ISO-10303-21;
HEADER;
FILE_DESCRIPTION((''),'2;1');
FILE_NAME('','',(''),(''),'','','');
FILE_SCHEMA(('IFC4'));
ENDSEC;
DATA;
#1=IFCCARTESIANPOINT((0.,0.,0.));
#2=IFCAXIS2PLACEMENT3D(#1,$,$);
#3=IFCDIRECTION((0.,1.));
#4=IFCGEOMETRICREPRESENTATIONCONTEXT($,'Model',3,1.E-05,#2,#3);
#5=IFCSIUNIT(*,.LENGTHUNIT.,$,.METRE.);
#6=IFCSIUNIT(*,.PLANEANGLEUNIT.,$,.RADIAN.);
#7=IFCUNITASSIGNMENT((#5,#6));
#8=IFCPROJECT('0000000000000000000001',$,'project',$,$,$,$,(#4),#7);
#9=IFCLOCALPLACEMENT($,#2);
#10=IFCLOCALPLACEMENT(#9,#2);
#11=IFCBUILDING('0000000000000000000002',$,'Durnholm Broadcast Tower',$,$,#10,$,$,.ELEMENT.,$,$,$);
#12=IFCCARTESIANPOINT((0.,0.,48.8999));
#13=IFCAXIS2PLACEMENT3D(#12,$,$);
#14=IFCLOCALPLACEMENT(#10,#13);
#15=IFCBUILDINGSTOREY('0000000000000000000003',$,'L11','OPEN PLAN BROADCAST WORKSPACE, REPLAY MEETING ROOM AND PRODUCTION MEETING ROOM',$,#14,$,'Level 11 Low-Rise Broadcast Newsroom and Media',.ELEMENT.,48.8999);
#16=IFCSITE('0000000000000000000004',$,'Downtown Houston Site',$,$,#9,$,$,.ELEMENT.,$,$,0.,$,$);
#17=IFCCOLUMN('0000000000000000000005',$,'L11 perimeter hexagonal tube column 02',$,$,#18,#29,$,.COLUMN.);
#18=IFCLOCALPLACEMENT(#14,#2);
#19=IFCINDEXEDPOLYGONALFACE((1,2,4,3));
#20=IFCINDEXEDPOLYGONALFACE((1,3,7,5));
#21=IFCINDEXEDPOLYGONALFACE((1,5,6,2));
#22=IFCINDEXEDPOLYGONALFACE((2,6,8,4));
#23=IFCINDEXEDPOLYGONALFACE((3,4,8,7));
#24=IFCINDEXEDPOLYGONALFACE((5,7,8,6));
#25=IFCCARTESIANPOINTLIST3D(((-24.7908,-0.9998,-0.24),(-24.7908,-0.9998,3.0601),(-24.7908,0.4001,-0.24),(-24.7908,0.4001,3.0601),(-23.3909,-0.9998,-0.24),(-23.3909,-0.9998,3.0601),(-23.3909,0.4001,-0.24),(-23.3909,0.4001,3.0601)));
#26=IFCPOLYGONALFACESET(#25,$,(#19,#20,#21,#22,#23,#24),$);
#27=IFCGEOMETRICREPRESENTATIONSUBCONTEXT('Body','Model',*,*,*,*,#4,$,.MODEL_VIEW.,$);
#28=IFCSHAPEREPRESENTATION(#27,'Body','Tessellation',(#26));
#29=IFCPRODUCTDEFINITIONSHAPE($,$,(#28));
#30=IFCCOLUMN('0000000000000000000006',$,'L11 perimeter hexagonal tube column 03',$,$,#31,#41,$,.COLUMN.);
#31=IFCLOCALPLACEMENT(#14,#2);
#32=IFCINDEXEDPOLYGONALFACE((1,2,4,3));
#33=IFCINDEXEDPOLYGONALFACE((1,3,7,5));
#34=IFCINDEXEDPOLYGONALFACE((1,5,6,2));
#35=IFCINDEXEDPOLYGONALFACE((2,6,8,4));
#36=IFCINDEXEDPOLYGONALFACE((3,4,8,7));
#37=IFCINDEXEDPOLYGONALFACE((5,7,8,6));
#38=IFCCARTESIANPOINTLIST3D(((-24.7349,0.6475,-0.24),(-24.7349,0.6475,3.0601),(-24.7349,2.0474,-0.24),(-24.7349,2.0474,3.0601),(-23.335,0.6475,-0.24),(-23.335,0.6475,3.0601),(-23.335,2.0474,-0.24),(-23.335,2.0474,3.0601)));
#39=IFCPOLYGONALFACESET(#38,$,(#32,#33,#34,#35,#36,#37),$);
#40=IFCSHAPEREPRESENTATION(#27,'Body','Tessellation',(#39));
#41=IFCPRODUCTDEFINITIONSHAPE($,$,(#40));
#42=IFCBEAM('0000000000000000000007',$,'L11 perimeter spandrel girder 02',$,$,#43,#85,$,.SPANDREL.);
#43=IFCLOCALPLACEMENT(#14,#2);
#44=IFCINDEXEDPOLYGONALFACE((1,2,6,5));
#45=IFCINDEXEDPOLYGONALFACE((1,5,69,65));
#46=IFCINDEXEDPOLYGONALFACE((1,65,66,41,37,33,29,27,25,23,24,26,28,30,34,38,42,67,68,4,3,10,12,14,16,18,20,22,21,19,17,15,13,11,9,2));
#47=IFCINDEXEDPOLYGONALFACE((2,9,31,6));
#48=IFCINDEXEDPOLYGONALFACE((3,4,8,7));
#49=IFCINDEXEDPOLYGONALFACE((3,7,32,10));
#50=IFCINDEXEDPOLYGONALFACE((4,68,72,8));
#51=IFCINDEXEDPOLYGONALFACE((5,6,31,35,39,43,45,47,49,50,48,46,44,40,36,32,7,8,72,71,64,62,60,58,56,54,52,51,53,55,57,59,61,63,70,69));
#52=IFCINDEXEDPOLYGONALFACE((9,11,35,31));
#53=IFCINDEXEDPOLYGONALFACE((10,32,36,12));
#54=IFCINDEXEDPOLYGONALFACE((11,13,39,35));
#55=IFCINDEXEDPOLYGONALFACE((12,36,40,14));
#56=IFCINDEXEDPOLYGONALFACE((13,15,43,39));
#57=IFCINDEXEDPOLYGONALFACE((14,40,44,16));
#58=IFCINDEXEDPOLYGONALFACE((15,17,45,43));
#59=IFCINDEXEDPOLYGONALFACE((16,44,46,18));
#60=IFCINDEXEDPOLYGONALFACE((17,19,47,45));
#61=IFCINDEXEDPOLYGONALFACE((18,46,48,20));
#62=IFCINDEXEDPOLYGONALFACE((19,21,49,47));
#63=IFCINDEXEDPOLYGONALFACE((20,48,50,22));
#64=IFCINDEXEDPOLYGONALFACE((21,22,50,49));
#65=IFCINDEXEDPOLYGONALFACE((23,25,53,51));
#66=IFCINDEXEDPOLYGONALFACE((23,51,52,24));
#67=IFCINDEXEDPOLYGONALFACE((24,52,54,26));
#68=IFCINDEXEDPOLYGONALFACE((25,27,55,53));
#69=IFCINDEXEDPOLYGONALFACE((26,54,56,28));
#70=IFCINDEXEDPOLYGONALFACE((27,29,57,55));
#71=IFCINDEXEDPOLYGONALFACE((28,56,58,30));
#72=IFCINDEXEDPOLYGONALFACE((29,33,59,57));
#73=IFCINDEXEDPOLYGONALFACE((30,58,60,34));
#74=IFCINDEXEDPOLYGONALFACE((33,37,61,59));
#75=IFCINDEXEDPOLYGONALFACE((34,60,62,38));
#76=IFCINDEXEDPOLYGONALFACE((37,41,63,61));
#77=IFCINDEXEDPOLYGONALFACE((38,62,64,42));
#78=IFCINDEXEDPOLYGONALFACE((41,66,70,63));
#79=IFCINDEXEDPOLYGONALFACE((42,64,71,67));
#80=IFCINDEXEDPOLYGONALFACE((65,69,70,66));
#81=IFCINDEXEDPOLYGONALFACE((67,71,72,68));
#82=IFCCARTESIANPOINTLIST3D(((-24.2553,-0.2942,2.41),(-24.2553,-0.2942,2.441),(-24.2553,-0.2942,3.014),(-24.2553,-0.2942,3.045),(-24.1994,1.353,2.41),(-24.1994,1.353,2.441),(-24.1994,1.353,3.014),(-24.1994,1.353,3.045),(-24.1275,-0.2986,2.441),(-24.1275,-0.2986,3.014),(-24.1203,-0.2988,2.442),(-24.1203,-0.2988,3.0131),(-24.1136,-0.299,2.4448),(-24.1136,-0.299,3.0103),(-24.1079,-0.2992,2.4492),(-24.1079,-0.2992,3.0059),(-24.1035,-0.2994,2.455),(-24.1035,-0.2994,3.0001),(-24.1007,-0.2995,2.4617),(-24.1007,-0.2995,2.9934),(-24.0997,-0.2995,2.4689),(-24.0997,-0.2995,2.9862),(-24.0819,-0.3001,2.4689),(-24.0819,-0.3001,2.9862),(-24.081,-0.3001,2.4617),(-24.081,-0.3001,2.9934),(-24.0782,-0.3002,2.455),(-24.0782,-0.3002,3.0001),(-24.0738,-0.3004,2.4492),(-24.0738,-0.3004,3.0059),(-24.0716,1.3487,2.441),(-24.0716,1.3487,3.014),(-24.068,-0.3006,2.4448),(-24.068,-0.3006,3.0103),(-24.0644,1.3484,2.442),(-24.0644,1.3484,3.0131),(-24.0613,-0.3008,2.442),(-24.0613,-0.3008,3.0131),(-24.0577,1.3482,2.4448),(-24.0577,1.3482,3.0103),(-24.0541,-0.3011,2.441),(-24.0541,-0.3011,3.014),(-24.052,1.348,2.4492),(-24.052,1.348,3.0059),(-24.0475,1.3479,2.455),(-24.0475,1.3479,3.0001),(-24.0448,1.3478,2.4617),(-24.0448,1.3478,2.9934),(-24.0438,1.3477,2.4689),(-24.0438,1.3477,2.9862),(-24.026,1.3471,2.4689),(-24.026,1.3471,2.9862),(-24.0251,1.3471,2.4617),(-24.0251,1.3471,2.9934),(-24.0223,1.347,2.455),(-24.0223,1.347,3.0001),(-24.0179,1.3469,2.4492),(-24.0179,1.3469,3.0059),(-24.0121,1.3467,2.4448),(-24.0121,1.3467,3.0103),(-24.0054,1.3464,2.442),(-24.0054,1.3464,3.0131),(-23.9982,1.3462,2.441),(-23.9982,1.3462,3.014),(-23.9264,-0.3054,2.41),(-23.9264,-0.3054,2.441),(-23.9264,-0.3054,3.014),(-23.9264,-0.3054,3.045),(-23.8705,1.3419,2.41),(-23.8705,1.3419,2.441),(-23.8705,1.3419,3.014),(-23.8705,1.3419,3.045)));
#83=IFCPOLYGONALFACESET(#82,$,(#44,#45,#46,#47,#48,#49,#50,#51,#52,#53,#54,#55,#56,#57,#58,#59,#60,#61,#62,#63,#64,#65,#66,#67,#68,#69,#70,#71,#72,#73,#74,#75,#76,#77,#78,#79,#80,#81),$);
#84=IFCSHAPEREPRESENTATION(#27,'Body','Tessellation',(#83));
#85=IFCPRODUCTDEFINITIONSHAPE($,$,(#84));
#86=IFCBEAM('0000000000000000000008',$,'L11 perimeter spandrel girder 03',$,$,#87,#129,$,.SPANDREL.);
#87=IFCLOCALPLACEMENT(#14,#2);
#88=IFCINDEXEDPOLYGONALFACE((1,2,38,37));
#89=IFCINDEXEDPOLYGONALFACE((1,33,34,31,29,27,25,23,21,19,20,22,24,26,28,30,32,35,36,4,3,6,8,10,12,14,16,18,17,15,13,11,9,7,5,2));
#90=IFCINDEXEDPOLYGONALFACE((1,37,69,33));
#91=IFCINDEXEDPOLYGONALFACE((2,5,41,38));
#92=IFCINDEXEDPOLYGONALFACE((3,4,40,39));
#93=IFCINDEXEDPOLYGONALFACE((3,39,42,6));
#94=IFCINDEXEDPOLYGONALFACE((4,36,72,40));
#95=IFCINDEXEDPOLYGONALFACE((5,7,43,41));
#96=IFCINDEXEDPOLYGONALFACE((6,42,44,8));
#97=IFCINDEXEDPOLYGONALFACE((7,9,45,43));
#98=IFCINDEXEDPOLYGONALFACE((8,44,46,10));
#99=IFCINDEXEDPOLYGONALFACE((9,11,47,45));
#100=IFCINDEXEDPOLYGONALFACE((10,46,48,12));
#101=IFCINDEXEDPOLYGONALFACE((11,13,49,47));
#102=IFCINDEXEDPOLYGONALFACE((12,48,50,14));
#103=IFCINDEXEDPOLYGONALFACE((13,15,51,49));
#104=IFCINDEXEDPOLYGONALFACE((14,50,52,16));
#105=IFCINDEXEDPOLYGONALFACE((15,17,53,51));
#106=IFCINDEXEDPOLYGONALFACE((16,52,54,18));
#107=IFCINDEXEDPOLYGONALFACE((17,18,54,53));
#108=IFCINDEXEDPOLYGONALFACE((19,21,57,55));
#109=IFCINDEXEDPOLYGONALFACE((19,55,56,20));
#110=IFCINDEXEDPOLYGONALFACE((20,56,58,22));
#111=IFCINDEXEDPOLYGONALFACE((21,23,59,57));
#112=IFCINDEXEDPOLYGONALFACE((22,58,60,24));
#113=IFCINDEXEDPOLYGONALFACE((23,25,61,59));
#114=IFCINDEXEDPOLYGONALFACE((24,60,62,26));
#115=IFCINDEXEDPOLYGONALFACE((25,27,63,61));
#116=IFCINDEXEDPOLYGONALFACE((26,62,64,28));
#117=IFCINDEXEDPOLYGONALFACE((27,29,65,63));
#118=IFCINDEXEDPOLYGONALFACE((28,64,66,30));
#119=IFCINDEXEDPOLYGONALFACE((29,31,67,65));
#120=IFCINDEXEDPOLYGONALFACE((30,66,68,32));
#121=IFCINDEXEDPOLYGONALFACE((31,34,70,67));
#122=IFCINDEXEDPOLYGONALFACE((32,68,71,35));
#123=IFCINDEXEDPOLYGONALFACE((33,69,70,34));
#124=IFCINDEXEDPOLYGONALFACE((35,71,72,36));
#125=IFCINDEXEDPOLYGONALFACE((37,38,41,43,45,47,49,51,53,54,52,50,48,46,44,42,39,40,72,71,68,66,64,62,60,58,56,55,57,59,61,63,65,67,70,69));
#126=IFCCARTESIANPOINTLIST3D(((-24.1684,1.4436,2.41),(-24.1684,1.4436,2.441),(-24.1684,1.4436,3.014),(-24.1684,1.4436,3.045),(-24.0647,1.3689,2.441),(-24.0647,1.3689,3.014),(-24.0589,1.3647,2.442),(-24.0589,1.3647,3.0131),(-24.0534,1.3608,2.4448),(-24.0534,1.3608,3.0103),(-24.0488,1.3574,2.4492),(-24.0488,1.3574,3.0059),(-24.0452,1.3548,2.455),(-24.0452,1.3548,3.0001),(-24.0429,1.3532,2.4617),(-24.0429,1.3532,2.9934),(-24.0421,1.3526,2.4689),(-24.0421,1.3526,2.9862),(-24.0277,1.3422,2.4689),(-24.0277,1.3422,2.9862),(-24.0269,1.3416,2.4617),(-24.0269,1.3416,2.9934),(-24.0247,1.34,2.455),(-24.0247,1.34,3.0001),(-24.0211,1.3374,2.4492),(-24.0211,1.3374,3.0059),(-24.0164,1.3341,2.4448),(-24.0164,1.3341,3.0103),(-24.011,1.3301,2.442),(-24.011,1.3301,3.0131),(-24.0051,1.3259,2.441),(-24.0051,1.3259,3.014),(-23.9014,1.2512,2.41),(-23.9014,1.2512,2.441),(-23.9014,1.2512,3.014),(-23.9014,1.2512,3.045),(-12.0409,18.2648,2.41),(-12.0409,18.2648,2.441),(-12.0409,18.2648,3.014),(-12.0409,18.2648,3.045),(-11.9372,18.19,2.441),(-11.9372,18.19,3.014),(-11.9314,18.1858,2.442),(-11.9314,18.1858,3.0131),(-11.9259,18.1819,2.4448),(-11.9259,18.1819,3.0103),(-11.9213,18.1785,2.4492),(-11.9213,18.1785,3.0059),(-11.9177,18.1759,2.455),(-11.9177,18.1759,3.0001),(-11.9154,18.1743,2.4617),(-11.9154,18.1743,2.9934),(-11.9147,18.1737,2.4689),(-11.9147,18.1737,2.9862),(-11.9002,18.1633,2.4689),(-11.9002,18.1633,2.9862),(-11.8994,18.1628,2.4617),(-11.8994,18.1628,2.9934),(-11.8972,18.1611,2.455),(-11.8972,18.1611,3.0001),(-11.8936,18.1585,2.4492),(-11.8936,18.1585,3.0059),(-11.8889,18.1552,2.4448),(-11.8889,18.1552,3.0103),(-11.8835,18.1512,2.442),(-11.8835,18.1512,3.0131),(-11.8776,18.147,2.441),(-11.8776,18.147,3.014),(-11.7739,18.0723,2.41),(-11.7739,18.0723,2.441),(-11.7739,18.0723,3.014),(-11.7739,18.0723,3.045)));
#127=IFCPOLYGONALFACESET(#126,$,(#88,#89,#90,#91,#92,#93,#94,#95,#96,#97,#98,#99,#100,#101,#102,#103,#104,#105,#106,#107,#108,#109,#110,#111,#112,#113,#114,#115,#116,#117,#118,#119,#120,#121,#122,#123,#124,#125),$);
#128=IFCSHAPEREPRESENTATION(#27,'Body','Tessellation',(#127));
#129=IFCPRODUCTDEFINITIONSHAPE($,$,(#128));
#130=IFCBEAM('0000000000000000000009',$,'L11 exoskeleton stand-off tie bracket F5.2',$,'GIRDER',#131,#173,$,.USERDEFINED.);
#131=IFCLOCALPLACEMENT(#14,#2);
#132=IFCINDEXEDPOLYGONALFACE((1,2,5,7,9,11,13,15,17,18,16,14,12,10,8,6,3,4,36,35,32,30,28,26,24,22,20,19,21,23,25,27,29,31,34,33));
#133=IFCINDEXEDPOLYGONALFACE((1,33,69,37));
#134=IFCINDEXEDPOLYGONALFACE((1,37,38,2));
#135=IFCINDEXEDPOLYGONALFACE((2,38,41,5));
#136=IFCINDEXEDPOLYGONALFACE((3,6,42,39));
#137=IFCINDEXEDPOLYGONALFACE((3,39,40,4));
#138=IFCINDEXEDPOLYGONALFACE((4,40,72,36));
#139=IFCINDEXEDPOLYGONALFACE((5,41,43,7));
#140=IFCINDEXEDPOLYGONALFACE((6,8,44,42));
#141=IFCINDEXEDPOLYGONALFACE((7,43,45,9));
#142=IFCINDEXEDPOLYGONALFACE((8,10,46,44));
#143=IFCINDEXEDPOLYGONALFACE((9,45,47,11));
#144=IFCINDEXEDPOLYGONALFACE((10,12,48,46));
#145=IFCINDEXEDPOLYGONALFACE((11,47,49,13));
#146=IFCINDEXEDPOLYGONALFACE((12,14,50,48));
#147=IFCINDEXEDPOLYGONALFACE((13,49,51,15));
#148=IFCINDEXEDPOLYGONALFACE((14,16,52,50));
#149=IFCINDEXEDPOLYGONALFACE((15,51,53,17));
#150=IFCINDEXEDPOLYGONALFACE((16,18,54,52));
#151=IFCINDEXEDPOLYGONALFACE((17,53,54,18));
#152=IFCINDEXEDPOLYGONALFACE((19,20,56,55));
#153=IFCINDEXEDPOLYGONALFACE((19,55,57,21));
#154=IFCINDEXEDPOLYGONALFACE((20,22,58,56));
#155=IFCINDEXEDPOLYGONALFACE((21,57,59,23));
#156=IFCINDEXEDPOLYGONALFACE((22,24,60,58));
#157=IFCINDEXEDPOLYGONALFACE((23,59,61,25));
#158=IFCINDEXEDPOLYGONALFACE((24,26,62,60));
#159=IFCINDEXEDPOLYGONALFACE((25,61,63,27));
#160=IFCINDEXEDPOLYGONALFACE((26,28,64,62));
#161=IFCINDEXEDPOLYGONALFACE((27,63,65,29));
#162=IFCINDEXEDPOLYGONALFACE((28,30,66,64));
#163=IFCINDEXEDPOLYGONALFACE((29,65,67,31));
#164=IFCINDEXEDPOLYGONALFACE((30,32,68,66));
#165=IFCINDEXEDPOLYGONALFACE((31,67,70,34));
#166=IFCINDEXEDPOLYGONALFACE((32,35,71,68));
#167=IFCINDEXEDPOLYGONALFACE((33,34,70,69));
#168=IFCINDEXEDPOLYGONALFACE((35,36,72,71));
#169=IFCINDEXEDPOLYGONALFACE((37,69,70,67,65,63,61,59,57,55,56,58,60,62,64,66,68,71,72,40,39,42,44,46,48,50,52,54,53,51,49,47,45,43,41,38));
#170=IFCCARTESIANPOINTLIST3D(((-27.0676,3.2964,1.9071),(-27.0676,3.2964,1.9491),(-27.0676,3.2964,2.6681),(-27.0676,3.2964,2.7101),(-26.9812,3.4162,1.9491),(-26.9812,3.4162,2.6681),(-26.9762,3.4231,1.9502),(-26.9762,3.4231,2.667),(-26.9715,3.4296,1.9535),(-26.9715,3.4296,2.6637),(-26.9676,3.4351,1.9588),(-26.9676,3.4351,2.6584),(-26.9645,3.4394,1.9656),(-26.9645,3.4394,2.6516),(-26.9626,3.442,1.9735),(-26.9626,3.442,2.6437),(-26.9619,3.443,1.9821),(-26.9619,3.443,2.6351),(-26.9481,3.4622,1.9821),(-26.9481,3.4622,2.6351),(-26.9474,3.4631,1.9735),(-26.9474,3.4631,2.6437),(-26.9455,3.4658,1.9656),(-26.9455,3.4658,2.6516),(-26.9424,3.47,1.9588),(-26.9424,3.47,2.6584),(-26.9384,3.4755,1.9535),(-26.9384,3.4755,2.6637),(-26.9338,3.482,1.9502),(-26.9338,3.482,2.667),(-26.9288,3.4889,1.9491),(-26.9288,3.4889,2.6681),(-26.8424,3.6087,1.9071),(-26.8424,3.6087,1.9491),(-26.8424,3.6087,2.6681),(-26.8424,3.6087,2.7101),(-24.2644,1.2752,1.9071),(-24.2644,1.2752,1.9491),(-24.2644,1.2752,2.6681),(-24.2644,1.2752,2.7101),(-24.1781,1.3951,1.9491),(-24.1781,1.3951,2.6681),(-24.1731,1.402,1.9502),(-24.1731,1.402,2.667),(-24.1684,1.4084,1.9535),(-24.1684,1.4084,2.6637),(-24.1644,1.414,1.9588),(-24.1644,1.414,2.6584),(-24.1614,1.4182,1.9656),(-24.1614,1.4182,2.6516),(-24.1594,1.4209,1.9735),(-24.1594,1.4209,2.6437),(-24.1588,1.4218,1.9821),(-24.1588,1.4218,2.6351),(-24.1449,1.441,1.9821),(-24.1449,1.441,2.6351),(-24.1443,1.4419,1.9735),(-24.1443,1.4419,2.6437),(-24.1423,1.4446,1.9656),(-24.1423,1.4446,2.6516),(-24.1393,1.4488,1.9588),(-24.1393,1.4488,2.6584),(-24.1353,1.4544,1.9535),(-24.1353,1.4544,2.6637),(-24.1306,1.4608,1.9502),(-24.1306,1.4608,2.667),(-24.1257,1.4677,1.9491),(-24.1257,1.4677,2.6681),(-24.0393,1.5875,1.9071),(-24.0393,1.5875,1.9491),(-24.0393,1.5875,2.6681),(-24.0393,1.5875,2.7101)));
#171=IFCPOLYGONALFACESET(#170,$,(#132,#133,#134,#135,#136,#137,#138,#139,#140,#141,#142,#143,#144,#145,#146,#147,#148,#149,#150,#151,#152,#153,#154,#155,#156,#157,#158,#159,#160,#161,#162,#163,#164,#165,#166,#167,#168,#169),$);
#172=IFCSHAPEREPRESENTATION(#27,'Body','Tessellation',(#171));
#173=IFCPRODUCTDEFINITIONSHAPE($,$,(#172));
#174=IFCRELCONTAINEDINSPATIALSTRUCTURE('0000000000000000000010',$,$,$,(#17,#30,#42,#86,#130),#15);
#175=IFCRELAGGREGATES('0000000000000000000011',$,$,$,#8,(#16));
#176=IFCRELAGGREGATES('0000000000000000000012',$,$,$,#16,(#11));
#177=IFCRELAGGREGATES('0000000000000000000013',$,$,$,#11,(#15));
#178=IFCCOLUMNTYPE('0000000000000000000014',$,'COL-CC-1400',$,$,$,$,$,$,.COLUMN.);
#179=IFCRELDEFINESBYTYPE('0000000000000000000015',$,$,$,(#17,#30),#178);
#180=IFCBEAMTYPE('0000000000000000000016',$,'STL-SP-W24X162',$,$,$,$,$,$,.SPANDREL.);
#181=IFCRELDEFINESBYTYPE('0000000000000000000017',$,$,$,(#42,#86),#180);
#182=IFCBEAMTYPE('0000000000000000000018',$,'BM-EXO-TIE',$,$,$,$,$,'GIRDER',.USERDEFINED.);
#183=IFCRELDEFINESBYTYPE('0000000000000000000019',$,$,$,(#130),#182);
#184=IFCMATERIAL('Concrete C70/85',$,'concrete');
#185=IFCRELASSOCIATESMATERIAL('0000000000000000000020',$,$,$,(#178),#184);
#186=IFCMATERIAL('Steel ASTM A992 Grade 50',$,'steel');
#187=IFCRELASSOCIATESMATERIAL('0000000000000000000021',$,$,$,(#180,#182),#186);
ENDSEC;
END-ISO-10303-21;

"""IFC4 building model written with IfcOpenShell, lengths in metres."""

from ifc_helpers import new_model, si_unit, direction, frame, origin, origin_2d, place, context, subcontext, project, spatial, rectangle, i_section, extrude, source, transform, mapped, material, material_profile, profile_set, type_object, type_shapes, element, save


model = new_model("IFC4")

# Units and contexts
model_context = context("Model", 3, precision=1e-05, world=origin(), true_north=direction((0.0, 1.0)))
body_context = subcontext(model_context, "Body", "Model", "MODEL_VIEW")
ifc_project = project(units=[si_unit("LENGTHUNIT", "METRE"), si_unit("PLANEANGLEUNIT", "RADIAN")], contexts=[model_context])

# Site, building, storey
site_placement = place(None, origin())
site = spatial("IfcSite", under=ifc_project, at=site_placement, Name="Downtown Houston Site", CompositionType="ELEMENT", RefElevation=0.0)
building_placement = place(site_placement, origin())
building = spatial("IfcBuilding", under=site, at=building_placement, Name="Durnholm Broadcast Tower", CompositionType="ELEMENT")
storey_placement = place(building_placement, frame((0.0, 0.0, 48.8999)))
storey = spatial("IfcBuildingStorey", under=building, at=storey_placement, Name="L11", Description="OPEN PLAN BROADCAST WORKSPACE, REPLAY MEETING ROOM AND PRODUCTION MEETING ROOM", LongName="Level 11 Low-Rise Broadcast Newsroom and Media", CompositionType="ELEMENT", Elevation=48.8999)

# Columns
ifc_material_1 = material(Name="Concrete C70/85", Category="concrete")
ifc_material_profile_1 = material_profile(ifc_material_1, rectangle(XDim=1.3999, YDim=1.3999, at=origin_2d()), Name="RC1400X1400")
ifc_profile_set_1 = profile_set([ifc_material_profile_1], Name="Concrete C70/85")
column_type = type_object("IfcColumnType", Name="COL-CC-1400", PredefinedType="COLUMN", material=ifc_profile_set_1)
shared_shape_1 = source(origin(), body_context, "Body", "SweptSolid", [
    extrude(rectangle(XDim=1.3999, YDim=1.3999, at=origin_2d()), origin(), (0.0, 0.0, 1.0), 3.3),
])
type_shapes(column_type, [shared_shape_1])
for number, where, z_axis, x_axis, name in (
    (1, (-24.0908, -0.2998, -0.24), (0.0, 0.0, 1.0), (1.0, 0.0, 0.0), "L11 perimeter hexagonal tube column 02"),
    (2, (-24.0349, 1.3474, -0.24), (0.0, 0.0, 1.0), (1.0, 0.0, 0.0), "L11 perimeter hexagonal tube column 03"),
):
    element("IfcColumn", number, at=place(storey_placement, frame(where, z_axis=z_axis, x_axis=x_axis)), inside=storey, type_object=column_type, Name=name, PredefinedType="COLUMN", context=body_context, shape_type="MappedRepresentation", body=[
        mapped(shared_shape_1, transform((0.0, 0.0, 0.0), x_axis=(1.0, 0.0, 0.0), y_axis=(0.0, 1.0, 0.0), z_axis=(0.0, 0.0, 1.0), scale=1.0)),
    ])

# Beams
ifc_material_2 = material(Name="Steel ASTM A992 Grade 50", Category="steel")
ifc_material_profile_2 = material_profile(ifc_material_2, i_section(OverallWidth=0.3291, OverallDepth=0.635, WebThickness=0.0178, FlangeThickness=0.031, FilletRadius=0.0278, at=origin_2d()), Name="W24X162")
ifc_profile_set_2 = profile_set([ifc_material_profile_2], Name="Steel ASTM A992 Grade 50")
beam_type_1 = type_object("IfcBeamType", Name="STL-SP-W24X162", PredefinedType="SPANDREL", material=ifc_profile_set_2)
shared_shape_2 = source(origin(), body_context, "Body", "SweptSolid", [
    extrude(i_section(OverallWidth=0.3291, OverallDepth=0.635, WebThickness=0.0178, FlangeThickness=0.031, FilletRadius=0.0278, at=origin_2d()), origin(), (0.0, 0.0, 1.0), 1.6482),
])
beam_1_placement = place(storey_placement, frame((-24.0908, -0.2998, 2.7275), z_axis=(0.033921, 0.999425, 0.0), x_axis=(-0.999425, 0.033921, 0.0)))
element("IfcBeam", 3, at=beam_1_placement, inside=storey, type_object=beam_type_1, Name="L11 perimeter spandrel girder 02", PredefinedType="SPANDREL", context=body_context, shape_type="MappedRepresentation", body=[
    mapped(shared_shape_2, transform((0.0, 0.0, 0.0), x_axis=(1.0, 0.0, 0.0), y_axis=(0.0, 1.0, 0.0), z_axis=(0.0, 0.0, 1.0), scale=1.0)),
])
shared_shape_3 = source(origin(), body_context, "Body", "SweptSolid", [
    extrude(i_section(OverallWidth=0.3291, OverallDepth=0.635, WebThickness=0.0178, FlangeThickness=0.031, FilletRadius=0.0278, at=origin_2d()), origin(), (0.0, 0.0, 1.0), 20.7371),
])
type_shapes(beam_type_1, [shared_shape_2, shared_shape_3])
beam_2_placement = place(storey_placement, frame((-24.0349, 1.3474, 2.7275), z_axis=(0.584822, 0.811162, 0.0), x_axis=(-0.811162, 0.584822, 0.0)))
element("IfcBeam", 4, at=beam_2_placement, inside=storey, type_object=beam_type_1, Name="L11 perimeter spandrel girder 03", PredefinedType="SPANDREL", context=body_context, shape_type="MappedRepresentation", body=[
    mapped(shared_shape_3, transform((0.0, 0.0, 0.0), x_axis=(1.0, 0.0, 0.0), y_axis=(0.0, 1.0, 0.0), z_axis=(0.0, 0.0, 1.0), scale=1.0)),
])
ifc_material_profile_3 = material_profile(ifc_material_2, i_section(OverallWidth=0.385, OverallDepth=0.803, WebThickness=0.0237, FlangeThickness=0.042, FilletRadius=0.033, at=origin_2d()), Name="W30X261")
ifc_profile_set_3 = profile_set([ifc_material_profile_3], Name="Steel ASTM A992 Grade 50")
beam_type_2 = type_object("IfcBeamType", Name="BM-EXO-TIE", ElementType="GIRDER", PredefinedType="USERDEFINED", material=ifc_profile_set_3)
shared_shape_4 = source(origin(), body_context, "Body", "SweptSolid", [
    extrude(i_section(OverallWidth=0.385, OverallDepth=0.803, WebThickness=0.0237, FlangeThickness=0.042, FilletRadius=0.033, at=origin_2d()), origin(), (0.0, 0.0, 1.0), 3.4558),
])
type_shapes(beam_type_2, [shared_shape_4])
beam_3_placement = place(storey_placement, frame((-24.1519, 1.4314, 2.3086), z_axis=(-0.811134, 0.584861, 0.0), x_axis=(-0.584861, -0.811134, 0.0)))
element("IfcBeam", 5, at=beam_3_placement, inside=storey, type_object=beam_type_2, Name="L11 exoskeleton stand-off tie bracket F5.2", ObjectType="GIRDER", PredefinedType="USERDEFINED", context=body_context, shape_type="MappedRepresentation", body=[
    mapped(shared_shape_4, transform((0.0, 0.0, 0.0), x_axis=(1.0, 0.0, 0.0), y_axis=(0.0, 1.0, 0.0), z_axis=(0.0, 0.0, 1.0), scale=1.0)),
])

save(model, "model.ifc")
